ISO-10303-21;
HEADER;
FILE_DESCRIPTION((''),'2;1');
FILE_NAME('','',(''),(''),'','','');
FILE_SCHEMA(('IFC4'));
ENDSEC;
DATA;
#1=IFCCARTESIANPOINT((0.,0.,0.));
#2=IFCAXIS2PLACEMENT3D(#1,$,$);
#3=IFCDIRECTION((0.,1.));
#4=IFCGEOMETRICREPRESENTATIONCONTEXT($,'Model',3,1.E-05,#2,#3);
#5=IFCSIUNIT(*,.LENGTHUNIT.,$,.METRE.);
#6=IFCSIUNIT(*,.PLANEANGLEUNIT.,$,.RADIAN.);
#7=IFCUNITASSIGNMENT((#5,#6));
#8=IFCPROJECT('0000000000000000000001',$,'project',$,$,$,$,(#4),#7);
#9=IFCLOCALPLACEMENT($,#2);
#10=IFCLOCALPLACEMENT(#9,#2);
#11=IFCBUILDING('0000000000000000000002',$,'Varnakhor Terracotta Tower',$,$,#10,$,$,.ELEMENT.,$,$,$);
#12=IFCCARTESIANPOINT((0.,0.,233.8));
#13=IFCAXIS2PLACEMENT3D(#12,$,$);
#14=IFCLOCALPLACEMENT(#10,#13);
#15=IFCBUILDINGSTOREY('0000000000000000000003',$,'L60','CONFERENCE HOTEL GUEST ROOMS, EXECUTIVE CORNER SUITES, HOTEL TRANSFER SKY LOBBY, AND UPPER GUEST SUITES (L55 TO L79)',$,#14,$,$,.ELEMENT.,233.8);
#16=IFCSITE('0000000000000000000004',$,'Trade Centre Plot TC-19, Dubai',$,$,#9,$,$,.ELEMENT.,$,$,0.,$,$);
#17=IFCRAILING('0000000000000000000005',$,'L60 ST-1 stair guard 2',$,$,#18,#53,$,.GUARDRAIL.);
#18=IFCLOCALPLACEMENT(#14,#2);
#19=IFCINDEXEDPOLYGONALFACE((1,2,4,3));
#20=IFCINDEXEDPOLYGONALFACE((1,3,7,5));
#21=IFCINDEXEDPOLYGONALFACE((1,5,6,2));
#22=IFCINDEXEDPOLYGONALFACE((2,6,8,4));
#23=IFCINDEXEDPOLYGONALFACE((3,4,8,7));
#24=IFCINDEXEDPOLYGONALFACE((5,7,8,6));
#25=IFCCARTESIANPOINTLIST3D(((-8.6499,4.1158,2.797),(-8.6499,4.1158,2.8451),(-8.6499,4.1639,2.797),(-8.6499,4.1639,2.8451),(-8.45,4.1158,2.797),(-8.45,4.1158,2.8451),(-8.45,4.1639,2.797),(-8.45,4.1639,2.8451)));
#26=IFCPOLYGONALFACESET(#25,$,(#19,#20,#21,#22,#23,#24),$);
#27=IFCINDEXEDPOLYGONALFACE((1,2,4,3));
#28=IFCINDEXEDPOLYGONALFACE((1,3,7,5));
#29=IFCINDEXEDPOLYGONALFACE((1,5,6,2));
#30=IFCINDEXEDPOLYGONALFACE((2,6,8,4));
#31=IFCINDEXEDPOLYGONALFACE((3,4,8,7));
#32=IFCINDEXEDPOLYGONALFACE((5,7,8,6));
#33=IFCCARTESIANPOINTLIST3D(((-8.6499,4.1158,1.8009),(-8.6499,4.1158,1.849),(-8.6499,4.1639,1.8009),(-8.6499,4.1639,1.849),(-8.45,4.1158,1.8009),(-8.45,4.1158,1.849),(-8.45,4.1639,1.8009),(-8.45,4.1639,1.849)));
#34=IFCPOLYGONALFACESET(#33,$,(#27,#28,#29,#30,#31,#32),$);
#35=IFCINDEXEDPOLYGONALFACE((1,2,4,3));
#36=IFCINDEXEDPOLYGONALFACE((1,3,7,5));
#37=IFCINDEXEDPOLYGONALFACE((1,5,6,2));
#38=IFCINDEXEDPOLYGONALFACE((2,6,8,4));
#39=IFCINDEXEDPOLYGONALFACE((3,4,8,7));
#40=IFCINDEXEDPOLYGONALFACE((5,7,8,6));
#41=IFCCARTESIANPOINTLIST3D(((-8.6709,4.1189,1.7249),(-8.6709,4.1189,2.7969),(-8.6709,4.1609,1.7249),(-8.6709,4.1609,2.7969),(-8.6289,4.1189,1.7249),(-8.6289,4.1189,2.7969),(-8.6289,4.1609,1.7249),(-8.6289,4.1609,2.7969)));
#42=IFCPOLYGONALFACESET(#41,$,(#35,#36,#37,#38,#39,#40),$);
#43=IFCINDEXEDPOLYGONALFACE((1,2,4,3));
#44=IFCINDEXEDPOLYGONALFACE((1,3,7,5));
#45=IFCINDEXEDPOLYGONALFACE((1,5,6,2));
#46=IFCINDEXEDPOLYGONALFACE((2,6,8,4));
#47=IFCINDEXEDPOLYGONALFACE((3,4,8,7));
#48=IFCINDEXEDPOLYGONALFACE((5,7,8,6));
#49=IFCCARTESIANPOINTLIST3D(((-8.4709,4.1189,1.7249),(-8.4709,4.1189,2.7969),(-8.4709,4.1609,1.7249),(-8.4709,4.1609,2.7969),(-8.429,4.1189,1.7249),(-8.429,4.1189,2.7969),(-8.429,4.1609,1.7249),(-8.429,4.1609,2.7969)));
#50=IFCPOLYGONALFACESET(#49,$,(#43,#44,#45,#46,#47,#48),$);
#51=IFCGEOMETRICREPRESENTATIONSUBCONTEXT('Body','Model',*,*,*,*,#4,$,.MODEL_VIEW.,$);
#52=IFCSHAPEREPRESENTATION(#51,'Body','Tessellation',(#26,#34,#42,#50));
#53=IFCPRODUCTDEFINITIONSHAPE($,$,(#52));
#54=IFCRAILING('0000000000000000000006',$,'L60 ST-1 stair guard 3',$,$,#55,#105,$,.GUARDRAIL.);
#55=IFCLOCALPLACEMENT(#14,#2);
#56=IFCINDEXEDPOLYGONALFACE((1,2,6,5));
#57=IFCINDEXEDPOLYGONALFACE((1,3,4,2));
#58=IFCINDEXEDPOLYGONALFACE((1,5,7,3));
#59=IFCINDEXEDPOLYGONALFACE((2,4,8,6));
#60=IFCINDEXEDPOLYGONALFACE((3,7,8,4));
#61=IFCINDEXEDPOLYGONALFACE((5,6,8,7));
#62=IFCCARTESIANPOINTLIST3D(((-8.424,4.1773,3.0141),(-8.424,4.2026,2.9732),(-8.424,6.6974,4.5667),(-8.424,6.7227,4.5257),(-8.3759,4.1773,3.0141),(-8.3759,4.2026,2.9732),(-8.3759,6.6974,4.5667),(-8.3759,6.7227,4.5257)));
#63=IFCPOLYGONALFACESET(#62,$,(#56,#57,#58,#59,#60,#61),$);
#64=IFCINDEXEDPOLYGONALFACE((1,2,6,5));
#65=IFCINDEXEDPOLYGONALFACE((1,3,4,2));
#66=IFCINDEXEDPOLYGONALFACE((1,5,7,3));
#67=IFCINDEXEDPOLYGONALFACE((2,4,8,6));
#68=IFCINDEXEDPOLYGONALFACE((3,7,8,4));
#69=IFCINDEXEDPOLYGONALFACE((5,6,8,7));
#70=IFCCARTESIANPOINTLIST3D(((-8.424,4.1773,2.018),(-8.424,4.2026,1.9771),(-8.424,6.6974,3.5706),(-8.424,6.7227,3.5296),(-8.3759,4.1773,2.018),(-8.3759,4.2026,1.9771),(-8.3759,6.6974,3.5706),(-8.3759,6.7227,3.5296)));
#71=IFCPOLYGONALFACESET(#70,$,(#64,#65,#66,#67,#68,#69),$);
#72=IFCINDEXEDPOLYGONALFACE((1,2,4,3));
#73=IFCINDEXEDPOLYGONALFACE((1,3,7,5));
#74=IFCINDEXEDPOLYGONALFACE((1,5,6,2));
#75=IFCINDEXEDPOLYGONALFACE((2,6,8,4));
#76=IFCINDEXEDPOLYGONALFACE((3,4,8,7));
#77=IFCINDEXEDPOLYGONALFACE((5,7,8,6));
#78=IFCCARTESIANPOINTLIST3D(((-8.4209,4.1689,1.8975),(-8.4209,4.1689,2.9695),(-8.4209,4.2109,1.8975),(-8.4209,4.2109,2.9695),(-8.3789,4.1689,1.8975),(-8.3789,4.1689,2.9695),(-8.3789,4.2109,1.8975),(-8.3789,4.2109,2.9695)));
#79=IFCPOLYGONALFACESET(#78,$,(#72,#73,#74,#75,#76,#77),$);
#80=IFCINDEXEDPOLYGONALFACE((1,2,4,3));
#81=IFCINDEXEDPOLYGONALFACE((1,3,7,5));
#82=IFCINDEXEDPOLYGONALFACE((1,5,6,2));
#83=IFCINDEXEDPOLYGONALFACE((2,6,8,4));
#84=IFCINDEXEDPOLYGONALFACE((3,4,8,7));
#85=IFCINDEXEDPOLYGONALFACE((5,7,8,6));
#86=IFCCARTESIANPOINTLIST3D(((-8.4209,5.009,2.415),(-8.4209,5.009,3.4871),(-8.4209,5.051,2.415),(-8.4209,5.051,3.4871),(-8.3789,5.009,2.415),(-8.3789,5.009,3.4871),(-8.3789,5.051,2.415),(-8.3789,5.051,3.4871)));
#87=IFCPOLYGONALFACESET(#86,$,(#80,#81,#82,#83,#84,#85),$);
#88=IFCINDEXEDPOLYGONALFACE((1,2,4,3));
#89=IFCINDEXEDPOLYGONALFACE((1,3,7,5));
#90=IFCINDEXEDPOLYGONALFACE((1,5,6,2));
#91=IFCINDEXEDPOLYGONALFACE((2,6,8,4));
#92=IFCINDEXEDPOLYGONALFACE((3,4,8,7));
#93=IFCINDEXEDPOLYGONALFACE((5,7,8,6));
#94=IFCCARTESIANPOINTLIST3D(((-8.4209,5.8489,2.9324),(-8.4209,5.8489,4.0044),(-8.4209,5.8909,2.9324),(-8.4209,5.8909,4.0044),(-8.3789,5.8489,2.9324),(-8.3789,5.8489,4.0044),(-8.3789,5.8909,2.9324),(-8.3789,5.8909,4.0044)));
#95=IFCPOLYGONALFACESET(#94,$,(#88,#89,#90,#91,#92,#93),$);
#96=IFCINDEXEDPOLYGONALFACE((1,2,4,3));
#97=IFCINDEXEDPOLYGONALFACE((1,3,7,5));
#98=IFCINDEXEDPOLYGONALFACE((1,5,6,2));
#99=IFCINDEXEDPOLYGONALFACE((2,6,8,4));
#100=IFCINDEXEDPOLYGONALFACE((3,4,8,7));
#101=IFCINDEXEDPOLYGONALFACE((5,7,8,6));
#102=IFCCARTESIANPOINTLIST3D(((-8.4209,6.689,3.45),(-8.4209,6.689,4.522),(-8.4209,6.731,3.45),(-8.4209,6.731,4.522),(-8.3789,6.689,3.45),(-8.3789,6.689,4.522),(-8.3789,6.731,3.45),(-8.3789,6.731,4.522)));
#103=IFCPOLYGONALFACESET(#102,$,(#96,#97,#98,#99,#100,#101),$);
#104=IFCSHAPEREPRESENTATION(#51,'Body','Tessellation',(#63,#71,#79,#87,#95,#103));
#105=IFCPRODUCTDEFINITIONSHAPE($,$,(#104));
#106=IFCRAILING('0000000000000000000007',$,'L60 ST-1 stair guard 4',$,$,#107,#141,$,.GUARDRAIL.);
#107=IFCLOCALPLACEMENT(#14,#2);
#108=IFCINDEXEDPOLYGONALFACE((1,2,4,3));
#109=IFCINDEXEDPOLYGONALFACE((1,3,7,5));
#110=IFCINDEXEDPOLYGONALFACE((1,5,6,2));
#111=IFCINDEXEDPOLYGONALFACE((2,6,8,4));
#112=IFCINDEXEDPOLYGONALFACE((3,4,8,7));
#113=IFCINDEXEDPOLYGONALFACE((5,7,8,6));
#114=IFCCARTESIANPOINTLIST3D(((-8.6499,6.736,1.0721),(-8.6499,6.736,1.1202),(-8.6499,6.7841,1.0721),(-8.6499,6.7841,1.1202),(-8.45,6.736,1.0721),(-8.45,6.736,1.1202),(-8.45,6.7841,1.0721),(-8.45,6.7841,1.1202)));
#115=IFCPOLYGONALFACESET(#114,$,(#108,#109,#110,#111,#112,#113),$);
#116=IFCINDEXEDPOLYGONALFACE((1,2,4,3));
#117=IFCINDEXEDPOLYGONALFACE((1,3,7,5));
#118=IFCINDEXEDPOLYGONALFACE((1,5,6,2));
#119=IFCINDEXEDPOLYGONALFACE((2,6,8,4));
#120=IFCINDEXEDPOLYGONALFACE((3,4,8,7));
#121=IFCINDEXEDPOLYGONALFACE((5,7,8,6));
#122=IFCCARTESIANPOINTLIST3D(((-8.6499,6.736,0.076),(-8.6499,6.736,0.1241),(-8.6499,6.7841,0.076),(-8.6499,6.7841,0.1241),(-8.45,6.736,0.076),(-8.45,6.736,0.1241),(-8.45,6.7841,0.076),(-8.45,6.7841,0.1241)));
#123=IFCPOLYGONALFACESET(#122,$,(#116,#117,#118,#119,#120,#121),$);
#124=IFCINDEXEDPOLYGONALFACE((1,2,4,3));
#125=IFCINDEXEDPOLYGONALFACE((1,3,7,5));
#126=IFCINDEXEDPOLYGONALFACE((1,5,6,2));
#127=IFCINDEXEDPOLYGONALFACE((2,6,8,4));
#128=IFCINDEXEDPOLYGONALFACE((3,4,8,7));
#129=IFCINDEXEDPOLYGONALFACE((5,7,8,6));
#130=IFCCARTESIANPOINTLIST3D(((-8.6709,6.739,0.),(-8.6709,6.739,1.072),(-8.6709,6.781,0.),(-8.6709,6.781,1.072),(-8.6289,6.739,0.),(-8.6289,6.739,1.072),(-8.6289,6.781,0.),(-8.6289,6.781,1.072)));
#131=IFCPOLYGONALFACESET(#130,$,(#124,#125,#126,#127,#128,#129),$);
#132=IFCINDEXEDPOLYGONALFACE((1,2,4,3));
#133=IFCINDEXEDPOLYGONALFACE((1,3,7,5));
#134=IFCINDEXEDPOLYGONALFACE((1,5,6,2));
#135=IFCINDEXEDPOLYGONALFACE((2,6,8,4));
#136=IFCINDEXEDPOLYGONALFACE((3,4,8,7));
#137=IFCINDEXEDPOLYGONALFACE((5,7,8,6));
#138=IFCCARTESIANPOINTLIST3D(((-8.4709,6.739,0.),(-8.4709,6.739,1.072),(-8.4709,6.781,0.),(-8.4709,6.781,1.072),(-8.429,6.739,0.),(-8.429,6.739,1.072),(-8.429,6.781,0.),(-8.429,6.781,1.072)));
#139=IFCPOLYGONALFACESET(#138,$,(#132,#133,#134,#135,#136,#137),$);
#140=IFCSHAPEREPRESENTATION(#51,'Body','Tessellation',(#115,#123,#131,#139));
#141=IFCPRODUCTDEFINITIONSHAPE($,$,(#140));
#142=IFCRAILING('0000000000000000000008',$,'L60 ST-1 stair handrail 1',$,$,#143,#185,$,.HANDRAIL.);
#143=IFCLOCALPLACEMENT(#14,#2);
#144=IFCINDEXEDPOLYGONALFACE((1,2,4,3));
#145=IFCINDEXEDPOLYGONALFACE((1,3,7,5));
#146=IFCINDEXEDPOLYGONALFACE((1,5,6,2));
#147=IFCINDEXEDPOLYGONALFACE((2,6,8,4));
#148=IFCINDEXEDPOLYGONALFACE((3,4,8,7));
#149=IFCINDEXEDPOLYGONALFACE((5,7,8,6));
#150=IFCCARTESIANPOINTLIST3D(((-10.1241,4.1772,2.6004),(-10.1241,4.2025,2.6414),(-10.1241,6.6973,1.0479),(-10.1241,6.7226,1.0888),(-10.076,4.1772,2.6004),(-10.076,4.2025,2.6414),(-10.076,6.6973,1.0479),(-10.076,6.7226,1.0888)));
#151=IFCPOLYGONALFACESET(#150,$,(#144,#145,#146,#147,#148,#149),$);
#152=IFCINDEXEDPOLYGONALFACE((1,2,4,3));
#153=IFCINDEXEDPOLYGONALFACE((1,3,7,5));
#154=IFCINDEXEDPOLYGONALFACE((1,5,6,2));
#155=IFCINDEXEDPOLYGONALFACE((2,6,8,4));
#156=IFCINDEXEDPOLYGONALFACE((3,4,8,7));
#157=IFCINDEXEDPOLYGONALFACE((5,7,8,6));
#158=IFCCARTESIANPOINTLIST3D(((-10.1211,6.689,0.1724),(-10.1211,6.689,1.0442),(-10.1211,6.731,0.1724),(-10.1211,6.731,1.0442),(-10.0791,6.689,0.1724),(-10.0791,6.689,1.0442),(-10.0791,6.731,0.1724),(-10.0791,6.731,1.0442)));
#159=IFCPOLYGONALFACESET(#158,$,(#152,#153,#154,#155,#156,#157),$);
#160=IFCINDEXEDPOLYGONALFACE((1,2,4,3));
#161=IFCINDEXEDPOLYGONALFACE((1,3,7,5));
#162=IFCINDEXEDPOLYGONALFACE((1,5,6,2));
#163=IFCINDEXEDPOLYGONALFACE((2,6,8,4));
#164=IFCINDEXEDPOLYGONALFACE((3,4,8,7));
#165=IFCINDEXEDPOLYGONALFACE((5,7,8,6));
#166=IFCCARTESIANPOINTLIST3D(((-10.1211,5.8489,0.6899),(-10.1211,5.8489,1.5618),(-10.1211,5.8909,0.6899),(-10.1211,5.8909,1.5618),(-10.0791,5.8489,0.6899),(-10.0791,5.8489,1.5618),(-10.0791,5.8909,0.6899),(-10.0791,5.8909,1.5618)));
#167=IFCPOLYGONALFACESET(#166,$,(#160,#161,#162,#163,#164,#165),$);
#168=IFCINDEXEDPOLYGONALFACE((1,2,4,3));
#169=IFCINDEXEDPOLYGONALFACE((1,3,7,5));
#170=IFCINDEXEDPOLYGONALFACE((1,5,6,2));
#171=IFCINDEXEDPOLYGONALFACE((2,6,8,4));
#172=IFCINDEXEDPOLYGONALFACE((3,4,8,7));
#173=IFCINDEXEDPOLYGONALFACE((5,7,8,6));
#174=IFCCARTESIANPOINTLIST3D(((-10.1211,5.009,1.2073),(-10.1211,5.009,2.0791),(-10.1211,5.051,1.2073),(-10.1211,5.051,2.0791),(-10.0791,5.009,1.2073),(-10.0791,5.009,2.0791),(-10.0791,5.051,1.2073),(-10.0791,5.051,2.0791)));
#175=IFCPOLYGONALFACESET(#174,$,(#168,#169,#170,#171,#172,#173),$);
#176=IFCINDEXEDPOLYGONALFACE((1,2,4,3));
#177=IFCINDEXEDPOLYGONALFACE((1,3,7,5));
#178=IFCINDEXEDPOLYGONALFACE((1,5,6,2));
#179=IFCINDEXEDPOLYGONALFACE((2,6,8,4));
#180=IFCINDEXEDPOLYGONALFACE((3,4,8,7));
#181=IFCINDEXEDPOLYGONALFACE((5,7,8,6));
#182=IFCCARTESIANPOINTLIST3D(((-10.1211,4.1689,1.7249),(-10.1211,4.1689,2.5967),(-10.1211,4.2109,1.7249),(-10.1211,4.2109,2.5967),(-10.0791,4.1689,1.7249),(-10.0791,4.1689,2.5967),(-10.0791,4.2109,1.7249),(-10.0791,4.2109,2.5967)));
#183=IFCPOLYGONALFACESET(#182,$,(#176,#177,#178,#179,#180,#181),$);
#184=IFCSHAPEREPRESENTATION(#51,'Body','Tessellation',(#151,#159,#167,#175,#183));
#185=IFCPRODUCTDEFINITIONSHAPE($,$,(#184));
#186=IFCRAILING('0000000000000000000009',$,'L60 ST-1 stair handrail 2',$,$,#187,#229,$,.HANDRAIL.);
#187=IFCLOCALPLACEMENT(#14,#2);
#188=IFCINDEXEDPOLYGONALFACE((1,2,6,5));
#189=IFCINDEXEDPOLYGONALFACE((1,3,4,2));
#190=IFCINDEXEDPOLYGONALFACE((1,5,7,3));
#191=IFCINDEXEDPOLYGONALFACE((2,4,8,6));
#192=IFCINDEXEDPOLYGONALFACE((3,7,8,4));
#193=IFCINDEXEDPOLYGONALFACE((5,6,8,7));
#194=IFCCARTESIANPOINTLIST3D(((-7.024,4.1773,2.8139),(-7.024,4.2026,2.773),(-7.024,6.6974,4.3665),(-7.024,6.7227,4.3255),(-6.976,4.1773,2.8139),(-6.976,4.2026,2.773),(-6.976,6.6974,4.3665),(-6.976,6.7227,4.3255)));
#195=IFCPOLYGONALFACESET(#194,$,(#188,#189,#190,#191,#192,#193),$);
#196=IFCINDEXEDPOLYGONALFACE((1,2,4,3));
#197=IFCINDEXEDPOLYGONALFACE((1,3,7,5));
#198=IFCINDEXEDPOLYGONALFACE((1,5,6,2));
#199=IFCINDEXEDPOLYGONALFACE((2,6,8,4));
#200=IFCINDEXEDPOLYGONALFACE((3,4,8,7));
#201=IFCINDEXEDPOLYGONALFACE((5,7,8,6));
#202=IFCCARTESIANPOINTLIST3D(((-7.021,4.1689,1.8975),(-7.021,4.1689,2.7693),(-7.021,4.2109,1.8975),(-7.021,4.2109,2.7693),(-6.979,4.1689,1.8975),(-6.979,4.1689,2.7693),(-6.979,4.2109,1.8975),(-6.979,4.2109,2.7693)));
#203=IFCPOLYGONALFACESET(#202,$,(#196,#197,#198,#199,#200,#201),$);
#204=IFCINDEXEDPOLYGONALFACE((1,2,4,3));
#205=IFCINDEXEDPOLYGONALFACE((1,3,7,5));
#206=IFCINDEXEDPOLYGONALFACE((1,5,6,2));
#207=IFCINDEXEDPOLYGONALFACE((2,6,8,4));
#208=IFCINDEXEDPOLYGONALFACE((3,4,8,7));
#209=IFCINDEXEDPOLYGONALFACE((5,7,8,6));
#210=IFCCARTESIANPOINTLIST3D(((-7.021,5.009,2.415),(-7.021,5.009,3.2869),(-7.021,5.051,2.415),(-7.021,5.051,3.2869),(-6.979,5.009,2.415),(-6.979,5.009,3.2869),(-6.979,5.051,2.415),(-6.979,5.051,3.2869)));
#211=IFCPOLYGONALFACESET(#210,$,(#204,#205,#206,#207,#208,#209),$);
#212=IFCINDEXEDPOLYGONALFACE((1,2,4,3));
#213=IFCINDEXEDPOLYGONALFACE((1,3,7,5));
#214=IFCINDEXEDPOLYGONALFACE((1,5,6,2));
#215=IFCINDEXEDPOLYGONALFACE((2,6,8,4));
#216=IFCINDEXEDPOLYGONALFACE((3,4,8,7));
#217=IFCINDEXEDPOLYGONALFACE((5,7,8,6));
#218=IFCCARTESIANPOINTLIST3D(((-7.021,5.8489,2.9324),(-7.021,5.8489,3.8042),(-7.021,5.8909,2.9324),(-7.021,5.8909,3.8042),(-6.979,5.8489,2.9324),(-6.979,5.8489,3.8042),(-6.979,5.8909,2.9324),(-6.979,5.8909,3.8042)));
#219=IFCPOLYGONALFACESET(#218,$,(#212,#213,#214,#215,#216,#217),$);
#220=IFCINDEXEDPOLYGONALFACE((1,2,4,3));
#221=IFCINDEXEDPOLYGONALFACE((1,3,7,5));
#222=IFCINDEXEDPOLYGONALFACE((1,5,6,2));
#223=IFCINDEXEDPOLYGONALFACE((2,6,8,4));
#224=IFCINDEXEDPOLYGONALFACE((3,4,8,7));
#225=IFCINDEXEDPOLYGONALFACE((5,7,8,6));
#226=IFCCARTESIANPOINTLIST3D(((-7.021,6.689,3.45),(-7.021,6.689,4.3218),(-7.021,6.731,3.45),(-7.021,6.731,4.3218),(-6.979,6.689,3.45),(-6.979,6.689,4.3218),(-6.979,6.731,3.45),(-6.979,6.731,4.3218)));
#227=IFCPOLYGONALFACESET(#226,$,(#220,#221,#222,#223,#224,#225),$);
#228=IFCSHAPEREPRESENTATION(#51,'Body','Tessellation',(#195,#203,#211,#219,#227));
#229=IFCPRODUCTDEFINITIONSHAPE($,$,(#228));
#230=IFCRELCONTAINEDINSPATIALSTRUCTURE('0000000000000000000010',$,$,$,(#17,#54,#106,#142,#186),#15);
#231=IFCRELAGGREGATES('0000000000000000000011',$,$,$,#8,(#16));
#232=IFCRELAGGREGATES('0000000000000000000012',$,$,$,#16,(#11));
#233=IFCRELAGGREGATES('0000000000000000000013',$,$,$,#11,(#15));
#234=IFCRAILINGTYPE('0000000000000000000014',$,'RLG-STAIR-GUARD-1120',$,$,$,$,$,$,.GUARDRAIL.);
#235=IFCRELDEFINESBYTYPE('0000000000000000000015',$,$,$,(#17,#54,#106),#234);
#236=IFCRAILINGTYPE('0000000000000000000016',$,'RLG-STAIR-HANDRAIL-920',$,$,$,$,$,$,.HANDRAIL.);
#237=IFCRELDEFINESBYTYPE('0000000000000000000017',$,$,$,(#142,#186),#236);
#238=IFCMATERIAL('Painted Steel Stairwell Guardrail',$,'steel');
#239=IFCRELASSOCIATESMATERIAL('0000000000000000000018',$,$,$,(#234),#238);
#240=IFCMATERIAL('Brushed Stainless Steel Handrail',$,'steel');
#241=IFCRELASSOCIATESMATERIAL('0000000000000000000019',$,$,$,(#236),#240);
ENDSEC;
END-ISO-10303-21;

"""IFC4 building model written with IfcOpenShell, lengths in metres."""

from ifc_helpers import new_model, si_unit, direction, frame, origin, origin_2d, place, context, subcontext, project, spatial, rectangle, extrude, material, type_object, element, save


model = new_model("IFC4")

# Units and contexts
model_context = context("Model", 3, precision=1e-05, world=origin(), true_north=direction((0.0, 1.0)))
body_context = subcontext(model_context, "Body", "Model", "MODEL_VIEW")
ifc_project = project(units=[si_unit("LENGTHUNIT", "METRE"), si_unit("PLANEANGLEUNIT", "RADIAN")], contexts=[model_context])

# Site, building, storey
site_placement = place(None, origin())
site = spatial("IfcSite", under=ifc_project, at=site_placement, Name="Trade Centre Plot TC-19, Dubai", CompositionType="ELEMENT", RefElevation=0.0)
building_placement = place(site_placement, origin())
building = spatial("IfcBuilding", under=site, at=building_placement, Name="Varnakhor Terracotta Tower", CompositionType="ELEMENT")
storey_placement = place(building_placement, frame((0.0, 0.0, 233.8)))
storey = spatial("IfcBuildingStorey", under=building, at=storey_placement, Name="L60", Description="CONFERENCE HOTEL GUEST ROOMS, EXECUTIVE CORNER SUITES, HOTEL TRANSFER SKY LOBBY, AND UPPER GUEST SUITES (L55 TO L79)", CompositionType="ELEMENT", Elevation=233.8)

# Railings
ifc_material_1 = material(Name="Painted Steel Stairwell Guardrail", Category="steel")
railing_type_1 = type_object("IfcRailingType", Name="RLG-STAIR-GUARD-1120", PredefinedType="GUARDRAIL", material=ifc_material_1)
railing_1_placement = place(storey_placement, frame((-8.6499, 4.1399, 1.7249)))
element("IfcRailing", 1, at=railing_1_placement, inside=storey, type_object=railing_type_1, Name="L60 ST-1 stair guard 2", PredefinedType="GUARDRAIL", context=body_context, shape_type="SweptSolid", body=[
    extrude(rectangle(XDim=0.0481, YDim=0.0481, at=origin_2d()), frame((0.0, 0.0, 1.0962), z_axis=(1.0, 0.0, 0.0), x_axis=(0.0, 1.0, 0.0)), (0.0, 0.0, 1.0), 0.2),
    extrude(rectangle(XDim=0.0481, YDim=0.0481, at=origin_2d()), frame((0.0, 0.0, 0.1001), z_axis=(1.0, 0.0, 0.0), x_axis=(0.0, 1.0, 0.0)), (0.0, 0.0, 1.0), 0.2),
    extrude(rectangle(XDim=0.042, YDim=0.042, at=origin_2d()), origin(), (0.0, 0.0, 1.0), 1.072),
    extrude(rectangle(XDim=0.042, YDim=0.042, at=origin_2d()), frame((0.2, 0.0, 0.0)), (0.0, 0.0, 1.0), 1.072),
])
railing_2_placement = place(storey_placement, frame((-8.3999, 4.1899, 1.8975)))
element("IfcRailing", 2, at=railing_2_placement, inside=storey, type_object=railing_type_1, Name="L60 ST-1 stair guard 3", PredefinedType="GUARDRAIL", context=body_context, shape_type="SweptSolid", body=[
    extrude(rectangle(XDim=0.0481, YDim=0.0481, at=origin_2d()), frame((0.0, 0.0, 1.0962), z_axis=(0.0, 0.8514, 0.524516), x_axis=(-1.0, 0.0, 0.0)), (0.0, 0.0, 1.0), 2.96),
    extrude(rectangle(XDim=0.0481, YDim=0.0481, at=origin_2d()), frame((0.0, 0.0, 0.1001), z_axis=(0.0, 0.8514, 0.524516), x_axis=(-1.0, 0.0, 0.0)), (0.0, 0.0, 1.0), 2.96),
    extrude(rectangle(XDim=0.042, YDim=0.042, at=origin_2d()), origin(), (0.0, 0.0, 1.0), 1.072),
    extrude(rectangle(XDim=0.042, YDim=0.042, at=origin_2d()), frame((0.0, 0.8401, 0.5176)), (0.0, 0.0, 1.0), 1.072),
    extrude(rectangle(XDim=0.042, YDim=0.042, at=origin_2d()), frame((0.0, 1.6799, 1.0349)), (0.0, 0.0, 1.0), 1.072),
    extrude(rectangle(XDim=0.042, YDim=0.042, at=origin_2d()), frame((0.0, 2.52, 1.5525)), (0.0, 0.0, 1.0), 1.072),
])
railing_3_placement = place(storey_placement, frame((-8.6499, 6.76, 0.0)))
element("IfcRailing", 3, at=railing_3_placement, inside=storey, type_object=railing_type_1, Name="L60 ST-1 stair guard 4", PredefinedType="GUARDRAIL", context=body_context, shape_type="SweptSolid", body=[
    extrude(rectangle(XDim=0.0481, YDim=0.0481, at=origin_2d()), frame((0.0, 0.0, 1.0962), z_axis=(1.0, 0.0, 0.0), x_axis=(0.0, 1.0, 0.0)), (0.0, 0.0, 1.0), 0.2),
    extrude(rectangle(XDim=0.0481, YDim=0.0481, at=origin_2d()), frame((0.0, 0.0, 0.1001), z_axis=(1.0, 0.0, 0.0), x_axis=(0.0, 1.0, 0.0)), (0.0, 0.0, 1.0), 0.2),
    extrude(rectangle(XDim=0.042, YDim=0.042, at=origin_2d()), origin(), (0.0, 0.0, 1.0), 1.072),
    extrude(rectangle(XDim=0.042, YDim=0.042, at=origin_2d()), frame((0.2, 0.0, 0.0)), (0.0, 0.0, 1.0), 1.072),
])
ifc_material_2 = material(Name="Brushed Stainless Steel Handrail", Category="steel")
railing_type_2 = type_object("IfcRailingType", Name="RLG-STAIR-HANDRAIL-920", PredefinedType="HANDRAIL", material=ifc_material_2)
railing_4_placement = place(storey_placement, frame((-10.1001, 6.71, 0.1724)))
element("IfcRailing", 4, at=railing_4_placement, inside=storey, type_object=railing_type_2, Name="L60 ST-1 stair handrail 1", PredefinedType="HANDRAIL", context=body_context, shape_type="SweptSolid", body=[
    extrude(rectangle(XDim=0.0481, YDim=0.0481, at=origin_2d()), frame((0.0, 0.0, 0.896), z_axis=(0.0, -0.8514, 0.524516), x_axis=(1.0, 0.0, 0.0)), (0.0, 0.0, 1.0), 2.96),
    extrude(rectangle(XDim=0.042, YDim=0.042, at=origin_2d()), origin(), (0.0, 0.0, 1.0), 0.8718),
    extrude(rectangle(XDim=0.042, YDim=0.042, at=origin_2d()), frame((0.0, -0.8401, 0.5176)), (0.0, 0.0, 1.0), 0.8718),
    extrude(rectangle(XDim=0.042, YDim=0.042, at=origin_2d()), frame((0.0, -1.6799, 1.0349)), (0.0, 0.0, 1.0), 0.8718),
    extrude(rectangle(XDim=0.042, YDim=0.042, at=origin_2d()), frame((0.0, -2.52, 1.5525)), (0.0, 0.0, 1.0), 0.8718),
])
railing_5_placement = place(storey_placement, frame((-7.0, 4.1899, 1.8975)))
element("IfcRailing", 5, at=railing_5_placement, inside=storey, type_object=railing_type_2, Name="L60 ST-1 stair handrail 2", PredefinedType="HANDRAIL", context=body_context, shape_type="SweptSolid", body=[
    extrude(rectangle(XDim=0.0481, YDim=0.0481, at=origin_2d()), frame((0.0, 0.0, 0.896), z_axis=(0.0, 0.8514, 0.524516), x_axis=(-1.0, 0.0, 0.0)), (0.0, 0.0, 1.0), 2.96),
    extrude(rectangle(XDim=0.042, YDim=0.042, at=origin_2d()), origin(), (0.0, 0.0, 1.0), 0.8718),
    extrude(rectangle(XDim=0.042, YDim=0.042, at=origin_2d()), frame((0.0, 0.8401, 0.5176)), (0.0, 0.0, 1.0), 0.8718),
    extrude(rectangle(XDim=0.042, YDim=0.042, at=origin_2d()), frame((0.0, 1.6799, 1.0349)), (0.0, 0.0, 1.0), 0.8718),
    extrude(rectangle(XDim=0.042, YDim=0.042, at=origin_2d()), frame((0.0, 2.52, 1.5525)), (0.0, 0.0, 1.0), 0.8718),
])

save(model, "model.ifc")
